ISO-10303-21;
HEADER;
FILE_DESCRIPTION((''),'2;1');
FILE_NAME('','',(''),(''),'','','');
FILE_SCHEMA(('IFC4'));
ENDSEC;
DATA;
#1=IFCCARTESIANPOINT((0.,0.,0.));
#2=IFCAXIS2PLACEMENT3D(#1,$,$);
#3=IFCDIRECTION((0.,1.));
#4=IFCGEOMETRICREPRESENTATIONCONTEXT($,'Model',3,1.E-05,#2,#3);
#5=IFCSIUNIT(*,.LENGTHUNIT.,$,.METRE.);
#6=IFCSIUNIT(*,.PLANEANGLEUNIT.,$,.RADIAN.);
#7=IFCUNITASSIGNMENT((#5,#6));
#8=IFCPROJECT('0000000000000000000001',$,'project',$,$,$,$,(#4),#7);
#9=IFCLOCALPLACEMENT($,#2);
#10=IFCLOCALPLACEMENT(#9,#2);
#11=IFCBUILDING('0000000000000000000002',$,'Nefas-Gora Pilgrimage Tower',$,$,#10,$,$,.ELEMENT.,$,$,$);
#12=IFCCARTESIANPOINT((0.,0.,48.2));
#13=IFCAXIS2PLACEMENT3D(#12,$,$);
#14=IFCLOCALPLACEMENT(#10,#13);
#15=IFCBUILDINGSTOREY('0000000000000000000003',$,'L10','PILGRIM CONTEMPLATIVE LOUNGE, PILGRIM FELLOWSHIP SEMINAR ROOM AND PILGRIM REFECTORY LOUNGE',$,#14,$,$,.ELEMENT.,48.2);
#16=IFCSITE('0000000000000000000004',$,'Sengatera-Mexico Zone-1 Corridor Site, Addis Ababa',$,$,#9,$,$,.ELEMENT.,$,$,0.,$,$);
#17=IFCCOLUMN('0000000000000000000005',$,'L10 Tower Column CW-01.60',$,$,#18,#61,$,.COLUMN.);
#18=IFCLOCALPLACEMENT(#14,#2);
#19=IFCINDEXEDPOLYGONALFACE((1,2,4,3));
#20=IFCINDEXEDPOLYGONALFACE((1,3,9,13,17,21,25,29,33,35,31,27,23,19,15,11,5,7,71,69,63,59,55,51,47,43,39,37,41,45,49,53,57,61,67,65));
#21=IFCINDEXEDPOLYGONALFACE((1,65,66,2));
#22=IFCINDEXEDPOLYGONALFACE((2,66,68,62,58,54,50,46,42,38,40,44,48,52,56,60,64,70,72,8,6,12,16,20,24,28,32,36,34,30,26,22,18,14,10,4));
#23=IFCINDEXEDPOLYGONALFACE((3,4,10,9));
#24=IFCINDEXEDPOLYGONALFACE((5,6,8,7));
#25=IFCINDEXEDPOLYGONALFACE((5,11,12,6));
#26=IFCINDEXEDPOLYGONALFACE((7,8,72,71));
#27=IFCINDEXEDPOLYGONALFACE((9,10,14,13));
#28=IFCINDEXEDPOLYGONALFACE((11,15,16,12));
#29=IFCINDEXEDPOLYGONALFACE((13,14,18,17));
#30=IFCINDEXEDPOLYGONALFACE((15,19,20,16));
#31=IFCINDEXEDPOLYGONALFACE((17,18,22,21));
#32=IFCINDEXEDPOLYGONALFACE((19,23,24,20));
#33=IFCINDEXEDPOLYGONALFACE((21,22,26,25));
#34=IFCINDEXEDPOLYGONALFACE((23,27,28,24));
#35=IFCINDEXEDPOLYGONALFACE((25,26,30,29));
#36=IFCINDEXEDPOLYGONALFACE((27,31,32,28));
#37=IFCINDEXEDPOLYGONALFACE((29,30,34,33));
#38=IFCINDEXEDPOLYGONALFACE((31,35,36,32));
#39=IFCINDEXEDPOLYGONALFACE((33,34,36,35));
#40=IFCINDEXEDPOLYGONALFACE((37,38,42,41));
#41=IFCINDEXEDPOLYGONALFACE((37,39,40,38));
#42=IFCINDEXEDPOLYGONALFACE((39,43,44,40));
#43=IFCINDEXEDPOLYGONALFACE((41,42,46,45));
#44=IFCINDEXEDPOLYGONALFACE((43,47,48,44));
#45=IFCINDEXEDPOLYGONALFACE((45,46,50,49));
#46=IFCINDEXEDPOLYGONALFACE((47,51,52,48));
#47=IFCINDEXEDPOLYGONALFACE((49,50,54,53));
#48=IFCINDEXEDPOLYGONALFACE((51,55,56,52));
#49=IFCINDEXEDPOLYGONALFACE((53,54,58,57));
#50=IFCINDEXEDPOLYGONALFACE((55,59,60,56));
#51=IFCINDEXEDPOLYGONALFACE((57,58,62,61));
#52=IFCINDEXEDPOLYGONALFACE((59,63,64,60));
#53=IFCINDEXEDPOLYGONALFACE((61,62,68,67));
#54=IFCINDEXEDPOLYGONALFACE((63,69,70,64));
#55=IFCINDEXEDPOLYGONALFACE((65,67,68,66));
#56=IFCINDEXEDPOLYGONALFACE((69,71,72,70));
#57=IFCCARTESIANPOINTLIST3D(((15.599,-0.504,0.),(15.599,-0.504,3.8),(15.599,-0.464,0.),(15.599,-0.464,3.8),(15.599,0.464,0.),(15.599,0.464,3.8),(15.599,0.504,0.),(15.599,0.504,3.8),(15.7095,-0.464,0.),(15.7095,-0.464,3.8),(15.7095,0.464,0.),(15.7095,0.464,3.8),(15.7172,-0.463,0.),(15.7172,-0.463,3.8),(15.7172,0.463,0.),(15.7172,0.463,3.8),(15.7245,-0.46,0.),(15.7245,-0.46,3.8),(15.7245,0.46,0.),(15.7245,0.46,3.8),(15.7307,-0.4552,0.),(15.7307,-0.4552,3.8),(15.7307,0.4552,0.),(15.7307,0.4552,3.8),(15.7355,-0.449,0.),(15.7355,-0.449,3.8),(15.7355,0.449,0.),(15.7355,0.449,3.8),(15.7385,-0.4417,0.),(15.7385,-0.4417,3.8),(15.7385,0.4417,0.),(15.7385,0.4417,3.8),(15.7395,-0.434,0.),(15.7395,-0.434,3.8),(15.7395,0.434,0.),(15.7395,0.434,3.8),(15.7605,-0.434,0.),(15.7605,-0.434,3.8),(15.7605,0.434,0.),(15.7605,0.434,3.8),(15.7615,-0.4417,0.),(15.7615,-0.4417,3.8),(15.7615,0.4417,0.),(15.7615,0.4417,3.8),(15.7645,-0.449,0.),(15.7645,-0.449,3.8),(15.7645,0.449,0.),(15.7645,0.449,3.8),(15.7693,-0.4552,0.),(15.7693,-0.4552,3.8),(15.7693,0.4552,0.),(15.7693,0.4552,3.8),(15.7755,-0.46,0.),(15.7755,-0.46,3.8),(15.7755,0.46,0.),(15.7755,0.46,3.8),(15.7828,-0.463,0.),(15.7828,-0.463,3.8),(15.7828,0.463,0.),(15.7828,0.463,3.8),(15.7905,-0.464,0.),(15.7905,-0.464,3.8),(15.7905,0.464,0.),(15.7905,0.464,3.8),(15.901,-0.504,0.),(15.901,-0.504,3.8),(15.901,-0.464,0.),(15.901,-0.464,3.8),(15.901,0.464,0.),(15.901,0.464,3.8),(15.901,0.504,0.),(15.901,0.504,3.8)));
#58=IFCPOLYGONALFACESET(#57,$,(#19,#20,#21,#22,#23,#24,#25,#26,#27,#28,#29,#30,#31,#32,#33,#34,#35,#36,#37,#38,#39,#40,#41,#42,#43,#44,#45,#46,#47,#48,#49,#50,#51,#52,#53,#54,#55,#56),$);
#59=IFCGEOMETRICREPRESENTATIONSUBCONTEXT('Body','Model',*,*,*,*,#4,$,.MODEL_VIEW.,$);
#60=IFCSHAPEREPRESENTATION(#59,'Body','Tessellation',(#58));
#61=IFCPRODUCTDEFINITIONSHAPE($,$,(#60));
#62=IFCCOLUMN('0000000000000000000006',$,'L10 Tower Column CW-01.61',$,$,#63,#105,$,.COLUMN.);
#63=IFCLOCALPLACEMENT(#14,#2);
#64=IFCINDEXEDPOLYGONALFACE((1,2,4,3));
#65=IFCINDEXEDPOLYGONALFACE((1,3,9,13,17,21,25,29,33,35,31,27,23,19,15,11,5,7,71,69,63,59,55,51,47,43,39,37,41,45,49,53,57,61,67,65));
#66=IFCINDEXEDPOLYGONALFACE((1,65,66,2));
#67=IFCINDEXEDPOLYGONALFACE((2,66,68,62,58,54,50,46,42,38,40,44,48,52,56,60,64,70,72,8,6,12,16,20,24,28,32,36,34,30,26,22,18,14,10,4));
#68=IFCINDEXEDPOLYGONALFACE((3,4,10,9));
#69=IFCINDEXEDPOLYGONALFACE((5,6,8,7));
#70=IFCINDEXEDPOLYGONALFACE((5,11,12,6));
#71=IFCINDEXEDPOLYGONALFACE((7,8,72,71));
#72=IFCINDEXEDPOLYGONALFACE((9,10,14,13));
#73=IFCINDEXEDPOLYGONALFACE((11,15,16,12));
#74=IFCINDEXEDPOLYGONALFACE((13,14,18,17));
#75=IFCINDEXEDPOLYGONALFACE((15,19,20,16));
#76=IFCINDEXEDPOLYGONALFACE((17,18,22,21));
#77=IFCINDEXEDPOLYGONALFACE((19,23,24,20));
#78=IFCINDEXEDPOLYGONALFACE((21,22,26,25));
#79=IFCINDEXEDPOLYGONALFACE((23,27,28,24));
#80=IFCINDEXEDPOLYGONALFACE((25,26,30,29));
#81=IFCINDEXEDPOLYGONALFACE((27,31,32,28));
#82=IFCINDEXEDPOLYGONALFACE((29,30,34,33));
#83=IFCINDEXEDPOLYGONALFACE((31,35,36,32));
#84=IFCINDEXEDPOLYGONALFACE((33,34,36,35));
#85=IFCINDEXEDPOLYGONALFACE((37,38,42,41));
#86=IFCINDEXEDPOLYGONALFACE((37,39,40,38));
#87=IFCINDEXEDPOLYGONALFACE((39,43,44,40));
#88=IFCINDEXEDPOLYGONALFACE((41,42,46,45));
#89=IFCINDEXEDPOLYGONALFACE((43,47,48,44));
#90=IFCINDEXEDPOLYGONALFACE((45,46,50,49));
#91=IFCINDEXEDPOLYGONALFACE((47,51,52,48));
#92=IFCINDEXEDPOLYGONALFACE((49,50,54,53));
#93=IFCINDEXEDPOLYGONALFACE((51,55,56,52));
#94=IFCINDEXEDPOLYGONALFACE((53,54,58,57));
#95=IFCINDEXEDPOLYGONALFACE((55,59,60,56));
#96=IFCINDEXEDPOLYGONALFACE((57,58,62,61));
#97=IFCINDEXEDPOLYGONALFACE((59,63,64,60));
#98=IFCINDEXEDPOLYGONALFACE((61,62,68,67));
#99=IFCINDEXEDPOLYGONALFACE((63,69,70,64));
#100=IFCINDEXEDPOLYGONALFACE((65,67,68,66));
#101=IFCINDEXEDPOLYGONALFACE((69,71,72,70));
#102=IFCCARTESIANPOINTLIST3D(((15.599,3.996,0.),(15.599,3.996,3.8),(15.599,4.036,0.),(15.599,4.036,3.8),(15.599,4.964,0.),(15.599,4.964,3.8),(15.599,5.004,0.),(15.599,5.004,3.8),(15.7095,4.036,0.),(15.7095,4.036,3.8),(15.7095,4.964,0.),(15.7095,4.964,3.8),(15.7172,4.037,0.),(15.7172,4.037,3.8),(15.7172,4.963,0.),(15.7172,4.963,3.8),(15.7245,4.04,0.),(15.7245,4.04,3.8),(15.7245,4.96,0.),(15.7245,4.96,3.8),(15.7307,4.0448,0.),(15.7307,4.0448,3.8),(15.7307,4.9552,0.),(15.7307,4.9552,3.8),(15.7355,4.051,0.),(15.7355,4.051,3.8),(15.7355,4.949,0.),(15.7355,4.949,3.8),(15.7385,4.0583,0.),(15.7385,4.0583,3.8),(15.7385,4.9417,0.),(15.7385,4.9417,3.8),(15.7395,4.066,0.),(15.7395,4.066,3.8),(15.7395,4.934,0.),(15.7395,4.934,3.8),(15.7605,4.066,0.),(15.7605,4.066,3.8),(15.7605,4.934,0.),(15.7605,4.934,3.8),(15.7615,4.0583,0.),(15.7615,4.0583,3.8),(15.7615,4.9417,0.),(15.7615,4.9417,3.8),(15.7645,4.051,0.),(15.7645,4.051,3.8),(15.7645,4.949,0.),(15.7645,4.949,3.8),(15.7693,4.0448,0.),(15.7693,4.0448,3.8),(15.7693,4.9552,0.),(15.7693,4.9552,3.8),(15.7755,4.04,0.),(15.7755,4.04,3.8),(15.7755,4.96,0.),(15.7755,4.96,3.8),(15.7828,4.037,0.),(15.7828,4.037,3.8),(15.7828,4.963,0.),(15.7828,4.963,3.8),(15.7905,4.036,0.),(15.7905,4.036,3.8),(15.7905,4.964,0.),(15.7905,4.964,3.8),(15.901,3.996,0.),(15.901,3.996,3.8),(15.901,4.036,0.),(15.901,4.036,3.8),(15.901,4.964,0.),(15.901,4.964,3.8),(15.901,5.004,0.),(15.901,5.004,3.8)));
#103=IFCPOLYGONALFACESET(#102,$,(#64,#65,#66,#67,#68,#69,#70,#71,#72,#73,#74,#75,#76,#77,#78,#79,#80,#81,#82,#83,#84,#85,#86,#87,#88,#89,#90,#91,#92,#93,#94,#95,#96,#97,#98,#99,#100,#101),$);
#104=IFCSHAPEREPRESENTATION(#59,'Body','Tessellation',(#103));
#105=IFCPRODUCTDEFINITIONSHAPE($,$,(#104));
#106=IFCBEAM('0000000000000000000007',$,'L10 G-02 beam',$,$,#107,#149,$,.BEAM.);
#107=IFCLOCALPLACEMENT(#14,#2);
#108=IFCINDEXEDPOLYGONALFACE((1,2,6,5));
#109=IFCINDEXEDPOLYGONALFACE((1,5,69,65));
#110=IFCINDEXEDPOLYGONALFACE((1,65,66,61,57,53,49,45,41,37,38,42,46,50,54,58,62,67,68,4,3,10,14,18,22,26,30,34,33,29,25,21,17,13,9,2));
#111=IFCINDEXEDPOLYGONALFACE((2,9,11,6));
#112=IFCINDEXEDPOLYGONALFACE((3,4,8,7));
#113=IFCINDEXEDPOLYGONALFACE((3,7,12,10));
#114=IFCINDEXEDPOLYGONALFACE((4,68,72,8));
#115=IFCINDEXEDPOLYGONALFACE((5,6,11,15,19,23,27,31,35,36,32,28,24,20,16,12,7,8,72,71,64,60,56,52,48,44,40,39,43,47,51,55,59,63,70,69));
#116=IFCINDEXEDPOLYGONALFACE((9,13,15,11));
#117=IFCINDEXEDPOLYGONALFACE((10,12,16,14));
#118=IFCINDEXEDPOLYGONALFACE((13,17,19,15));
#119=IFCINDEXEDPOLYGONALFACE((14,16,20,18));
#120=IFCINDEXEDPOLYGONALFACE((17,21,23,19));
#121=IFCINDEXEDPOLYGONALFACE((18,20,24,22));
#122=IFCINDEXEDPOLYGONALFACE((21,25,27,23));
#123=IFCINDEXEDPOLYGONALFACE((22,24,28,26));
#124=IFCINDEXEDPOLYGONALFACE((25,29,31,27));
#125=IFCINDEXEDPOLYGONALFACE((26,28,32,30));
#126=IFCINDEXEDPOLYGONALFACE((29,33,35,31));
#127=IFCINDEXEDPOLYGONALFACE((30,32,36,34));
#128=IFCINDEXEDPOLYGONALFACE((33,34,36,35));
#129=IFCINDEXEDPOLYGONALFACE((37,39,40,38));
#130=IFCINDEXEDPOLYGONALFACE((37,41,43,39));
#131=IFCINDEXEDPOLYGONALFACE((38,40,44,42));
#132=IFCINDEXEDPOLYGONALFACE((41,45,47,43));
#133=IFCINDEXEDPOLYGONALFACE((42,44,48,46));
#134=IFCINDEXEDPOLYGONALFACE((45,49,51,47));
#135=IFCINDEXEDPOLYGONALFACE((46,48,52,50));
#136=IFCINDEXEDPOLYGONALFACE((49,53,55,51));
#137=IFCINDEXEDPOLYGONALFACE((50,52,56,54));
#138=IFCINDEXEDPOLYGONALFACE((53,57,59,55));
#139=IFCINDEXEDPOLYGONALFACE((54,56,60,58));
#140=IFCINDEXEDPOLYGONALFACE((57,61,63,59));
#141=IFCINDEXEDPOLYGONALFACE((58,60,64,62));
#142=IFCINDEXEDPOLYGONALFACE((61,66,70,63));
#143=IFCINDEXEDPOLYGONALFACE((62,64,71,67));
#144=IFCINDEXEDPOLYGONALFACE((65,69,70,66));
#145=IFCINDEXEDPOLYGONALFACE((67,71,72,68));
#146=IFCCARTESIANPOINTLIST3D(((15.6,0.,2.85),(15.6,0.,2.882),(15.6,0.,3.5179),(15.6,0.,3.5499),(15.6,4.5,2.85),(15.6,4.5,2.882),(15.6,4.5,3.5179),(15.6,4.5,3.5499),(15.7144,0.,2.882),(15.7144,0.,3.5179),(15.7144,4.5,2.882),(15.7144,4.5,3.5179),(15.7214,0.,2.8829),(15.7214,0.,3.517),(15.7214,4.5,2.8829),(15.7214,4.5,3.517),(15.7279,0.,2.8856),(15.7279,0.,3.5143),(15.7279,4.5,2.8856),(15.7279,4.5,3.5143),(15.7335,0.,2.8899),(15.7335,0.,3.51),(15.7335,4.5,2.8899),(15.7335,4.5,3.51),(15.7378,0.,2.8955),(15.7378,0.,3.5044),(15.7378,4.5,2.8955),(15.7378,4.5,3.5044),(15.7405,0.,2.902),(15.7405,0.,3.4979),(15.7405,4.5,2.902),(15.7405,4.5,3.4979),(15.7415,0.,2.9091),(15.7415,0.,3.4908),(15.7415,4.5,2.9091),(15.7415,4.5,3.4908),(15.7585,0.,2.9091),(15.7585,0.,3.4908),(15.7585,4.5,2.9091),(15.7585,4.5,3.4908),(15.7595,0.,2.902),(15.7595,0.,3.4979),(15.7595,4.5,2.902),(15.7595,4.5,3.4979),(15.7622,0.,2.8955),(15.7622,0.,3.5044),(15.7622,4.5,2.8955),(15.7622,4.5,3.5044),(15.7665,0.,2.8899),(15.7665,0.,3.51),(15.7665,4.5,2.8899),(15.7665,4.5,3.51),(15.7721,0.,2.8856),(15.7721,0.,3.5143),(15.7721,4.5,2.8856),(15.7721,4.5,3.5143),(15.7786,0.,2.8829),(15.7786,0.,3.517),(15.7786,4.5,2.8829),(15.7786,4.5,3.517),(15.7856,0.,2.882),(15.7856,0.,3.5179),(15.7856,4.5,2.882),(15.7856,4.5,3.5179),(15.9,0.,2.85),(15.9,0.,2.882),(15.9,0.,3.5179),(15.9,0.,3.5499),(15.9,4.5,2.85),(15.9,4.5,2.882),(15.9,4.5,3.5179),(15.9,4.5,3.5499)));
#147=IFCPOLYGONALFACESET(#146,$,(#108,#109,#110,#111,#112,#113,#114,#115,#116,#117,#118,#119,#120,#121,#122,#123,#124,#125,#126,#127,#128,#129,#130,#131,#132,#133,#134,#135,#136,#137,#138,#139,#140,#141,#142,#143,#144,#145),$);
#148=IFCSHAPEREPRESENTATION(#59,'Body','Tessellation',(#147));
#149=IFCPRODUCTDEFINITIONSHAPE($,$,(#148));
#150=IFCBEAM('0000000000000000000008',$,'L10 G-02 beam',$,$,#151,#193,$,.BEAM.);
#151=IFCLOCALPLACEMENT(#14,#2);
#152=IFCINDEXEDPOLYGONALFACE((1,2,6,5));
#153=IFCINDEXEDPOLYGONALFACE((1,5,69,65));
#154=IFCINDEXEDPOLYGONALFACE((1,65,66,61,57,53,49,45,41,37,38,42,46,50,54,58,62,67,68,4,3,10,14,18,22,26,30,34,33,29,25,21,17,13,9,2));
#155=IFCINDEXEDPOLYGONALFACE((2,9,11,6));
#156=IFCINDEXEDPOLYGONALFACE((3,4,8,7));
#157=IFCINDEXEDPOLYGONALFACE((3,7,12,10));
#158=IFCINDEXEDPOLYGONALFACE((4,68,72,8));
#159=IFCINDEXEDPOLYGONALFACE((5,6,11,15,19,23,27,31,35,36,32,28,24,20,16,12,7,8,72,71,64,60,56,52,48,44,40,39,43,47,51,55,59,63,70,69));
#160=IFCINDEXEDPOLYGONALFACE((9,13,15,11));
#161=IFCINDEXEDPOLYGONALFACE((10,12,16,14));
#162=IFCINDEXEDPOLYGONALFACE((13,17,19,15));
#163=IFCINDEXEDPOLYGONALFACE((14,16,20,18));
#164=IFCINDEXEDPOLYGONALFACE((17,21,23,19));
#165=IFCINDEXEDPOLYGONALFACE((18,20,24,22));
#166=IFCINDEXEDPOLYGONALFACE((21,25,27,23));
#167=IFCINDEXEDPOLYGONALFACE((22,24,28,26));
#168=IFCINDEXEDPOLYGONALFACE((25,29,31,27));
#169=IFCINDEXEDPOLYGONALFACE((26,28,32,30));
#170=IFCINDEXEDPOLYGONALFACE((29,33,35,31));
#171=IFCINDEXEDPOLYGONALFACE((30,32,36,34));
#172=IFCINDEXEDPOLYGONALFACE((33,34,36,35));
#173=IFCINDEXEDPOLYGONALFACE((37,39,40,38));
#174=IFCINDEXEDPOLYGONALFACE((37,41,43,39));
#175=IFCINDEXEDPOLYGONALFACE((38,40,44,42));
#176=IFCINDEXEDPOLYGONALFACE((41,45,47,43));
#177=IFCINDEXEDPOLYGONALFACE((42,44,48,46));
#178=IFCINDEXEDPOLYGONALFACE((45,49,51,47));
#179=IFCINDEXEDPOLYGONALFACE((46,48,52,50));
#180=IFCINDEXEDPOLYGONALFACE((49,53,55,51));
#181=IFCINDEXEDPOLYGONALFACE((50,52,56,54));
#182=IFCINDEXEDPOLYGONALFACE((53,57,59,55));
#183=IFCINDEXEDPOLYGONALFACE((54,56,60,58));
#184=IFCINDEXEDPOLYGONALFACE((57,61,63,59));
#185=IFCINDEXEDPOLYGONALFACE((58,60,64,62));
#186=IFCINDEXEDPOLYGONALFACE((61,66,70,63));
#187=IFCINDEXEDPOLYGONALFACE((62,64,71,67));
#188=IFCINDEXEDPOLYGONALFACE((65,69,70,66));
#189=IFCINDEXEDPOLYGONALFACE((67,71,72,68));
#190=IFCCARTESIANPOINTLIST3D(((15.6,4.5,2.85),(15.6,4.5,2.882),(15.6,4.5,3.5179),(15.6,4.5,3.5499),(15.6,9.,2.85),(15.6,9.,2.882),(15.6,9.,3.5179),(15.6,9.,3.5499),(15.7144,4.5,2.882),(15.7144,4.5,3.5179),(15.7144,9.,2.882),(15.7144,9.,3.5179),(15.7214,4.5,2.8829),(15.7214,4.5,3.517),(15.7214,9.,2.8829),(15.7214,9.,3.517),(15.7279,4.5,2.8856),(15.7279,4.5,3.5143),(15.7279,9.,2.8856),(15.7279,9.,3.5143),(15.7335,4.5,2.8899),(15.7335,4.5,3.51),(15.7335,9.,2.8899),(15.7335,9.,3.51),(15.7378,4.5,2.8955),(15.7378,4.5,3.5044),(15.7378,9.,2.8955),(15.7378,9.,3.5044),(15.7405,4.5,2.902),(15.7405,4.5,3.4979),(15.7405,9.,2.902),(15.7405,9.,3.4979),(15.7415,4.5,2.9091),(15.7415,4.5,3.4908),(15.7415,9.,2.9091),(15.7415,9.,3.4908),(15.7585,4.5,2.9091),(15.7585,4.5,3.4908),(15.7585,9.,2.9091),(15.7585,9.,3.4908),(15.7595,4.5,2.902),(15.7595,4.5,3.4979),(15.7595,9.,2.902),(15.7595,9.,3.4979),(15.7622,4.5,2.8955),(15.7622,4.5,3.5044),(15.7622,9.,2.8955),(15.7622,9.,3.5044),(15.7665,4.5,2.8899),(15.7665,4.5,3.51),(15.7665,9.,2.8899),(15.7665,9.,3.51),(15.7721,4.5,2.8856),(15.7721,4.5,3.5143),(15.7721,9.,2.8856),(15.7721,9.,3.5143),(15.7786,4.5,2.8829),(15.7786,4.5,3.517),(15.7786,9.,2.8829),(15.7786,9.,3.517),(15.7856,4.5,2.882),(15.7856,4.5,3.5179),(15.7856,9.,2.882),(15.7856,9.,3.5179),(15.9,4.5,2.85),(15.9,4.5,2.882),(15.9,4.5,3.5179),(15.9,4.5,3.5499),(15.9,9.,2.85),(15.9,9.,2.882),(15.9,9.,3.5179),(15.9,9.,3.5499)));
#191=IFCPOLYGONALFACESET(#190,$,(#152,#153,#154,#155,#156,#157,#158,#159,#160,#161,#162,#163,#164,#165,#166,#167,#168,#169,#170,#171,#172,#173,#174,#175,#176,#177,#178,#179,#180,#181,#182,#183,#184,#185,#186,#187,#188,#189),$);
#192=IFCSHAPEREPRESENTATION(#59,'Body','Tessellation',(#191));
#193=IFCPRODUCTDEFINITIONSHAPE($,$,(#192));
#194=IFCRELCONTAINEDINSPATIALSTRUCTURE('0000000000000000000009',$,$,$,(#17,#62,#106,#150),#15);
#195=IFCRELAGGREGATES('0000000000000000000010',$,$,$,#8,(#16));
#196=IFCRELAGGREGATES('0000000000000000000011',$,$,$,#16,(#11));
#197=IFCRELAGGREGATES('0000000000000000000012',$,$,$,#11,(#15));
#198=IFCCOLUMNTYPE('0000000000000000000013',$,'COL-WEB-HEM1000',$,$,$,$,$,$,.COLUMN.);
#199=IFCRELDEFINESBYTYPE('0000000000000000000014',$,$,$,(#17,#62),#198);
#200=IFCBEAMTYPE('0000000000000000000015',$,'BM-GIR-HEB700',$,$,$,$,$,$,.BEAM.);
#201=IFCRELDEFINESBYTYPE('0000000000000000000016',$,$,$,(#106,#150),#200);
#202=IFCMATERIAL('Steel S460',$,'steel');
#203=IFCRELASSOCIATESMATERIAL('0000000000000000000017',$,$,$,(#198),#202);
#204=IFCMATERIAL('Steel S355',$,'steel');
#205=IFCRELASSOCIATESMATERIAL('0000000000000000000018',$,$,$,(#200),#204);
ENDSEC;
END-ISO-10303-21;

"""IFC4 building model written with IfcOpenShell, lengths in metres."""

from ifc_helpers import new_model, si_unit, direction, frame, origin, origin_2d, place, context, subcontext, project, spatial, i_section, extrude, source, transform, mapped, material, material_profile, profile_set, type_object, element, save


model = new_model("IFC4")

# Units and contexts
model_context = context("Model", 3, precision=1e-05, world=origin(), true_north=direction((0.0, 1.0)))
body_context = subcontext(model_context, "Body", "Model", "MODEL_VIEW")
ifc_project = project(units=[si_unit("LENGTHUNIT", "METRE"), si_unit("PLANEANGLEUNIT", "RADIAN")], contexts=[model_context])

# Site, building, storey
site_placement = place(None, origin())
site = spatial("IfcSite", under=ifc_project, at=site_placement, Name="Sengatera-Mexico Zone-1 Corridor Site, Addis Ababa", CompositionType="ELEMENT", RefElevation=0.0)
building_placement = place(site_placement, origin())
building = spatial("IfcBuilding", under=site, at=building_placement, Name="Nefas-Gora Pilgrimage Tower", CompositionType="ELEMENT")
storey_placement = place(building_placement, frame((0.0, 0.0, 48.2)))
storey = spatial("IfcBuildingStorey", under=building, at=storey_placement, Name="L10", Description="PILGRIM CONTEMPLATIVE LOUNGE, PILGRIM FELLOWSHIP SEMINAR ROOM AND PILGRIM REFECTORY LOUNGE", CompositionType="ELEMENT", Elevation=48.2)

# Columns
ifc_material_1 = material(Name="Steel S460", Category="steel")
ifc_material_profile_1 = material_profile(ifc_material_1, i_section(OverallWidth=0.302, OverallDepth=1.0081, WebThickness=0.021, FlangeThickness=0.04, FilletRadius=0.03, at=origin_2d()), Name="HEM 1000")
ifc_profile_set_1 = profile_set([ifc_material_profile_1], Name="Steel S460")
column_type = type_object("IfcColumnType", Name="COL-WEB-HEM1000", PredefinedType="COLUMN", material=ifc_profile_set_1)
shared_shape_1 = source(origin(), body_context, "Body", "SweptSolid", [
    extrude(i_section(OverallWidth=0.302, OverallDepth=1.0081, WebThickness=0.021, FlangeThickness=0.04, FilletRadius=0.03, at=origin_2d()), origin(), (0.0, 0.0, 1.0), 3.8),
])
for number, where, z_axis, x_axis, name in (
    (1, (15.75, 0.0, 0.0), (0.0, 0.0, 1.0), (1.0, 0.0, 0.0), "L10 Tower Column CW-01.60"),
    (2, (15.75, 4.5, 0.0), (0.0, 0.0, 1.0), (1.0, 0.0, 0.0), "L10 Tower Column CW-01.61"),
):
    element("IfcColumn", number, at=place(storey_placement, frame(where, z_axis=z_axis, x_axis=x_axis)), inside=storey, type_object=column_type, Name=name, PredefinedType="COLUMN", context=body_context, shape_type="MappedRepresentation", body=[
        mapped(shared_shape_1, transform((0.0, 0.0, 0.0), x_axis=(1.0, 0.0, 0.0), y_axis=(0.0, 1.0, 0.0), z_axis=(0.0, 0.0, 1.0), scale=1.0)),
    ])

# Beams
ifc_material_2 = material(Name="Steel S355", Category="steel")
ifc_material_profile_2 = material_profile(ifc_material_2, i_section(OverallWidth=0.3, OverallDepth=0.7, WebThickness=0.0171, FlangeThickness=0.032, FilletRadius=0.0271, at=origin_2d()), Name="HEB 700")
ifc_profile_set_2 = profile_set([ifc_material_profile_2], Name="Steel S355")
beam_type = type_object("IfcBeamType", Name="BM-GIR-HEB700", PredefinedType="BEAM", material=ifc_profile_set_2)
shared_shape_2 = source(origin(), body_context, "Body", "SweptSolid", [
    extrude(i_section(OverallWidth=0.3, OverallDepth=0.7, WebThickness=0.0171, FlangeThickness=0.032, FilletRadius=0.0271, at=origin_2d()), origin(), (0.0, 0.0, 1.0), 4.5),
])
for number, where, z_axis, x_axis, name in (
    (3, (15.75, 0.0, 3.2), (0.0, 1.0, 0.0), (-1.0, 0.0, 0.0), "L10 G-02 beam"),
    (4, (15.75, 4.5, 3.2), (0.0, 1.0, 0.0), (-1.0, 0.0, 0.0), "L10 G-02 beam"),
):
    element("IfcBeam", number, at=place(storey_placement, frame(where, z_axis=z_axis, x_axis=x_axis)), inside=storey, type_object=beam_type, Name=name, PredefinedType="BEAM", context=body_context, shape_type="MappedRepresentation", body=[
        mapped(shared_shape_2, transform((0.0, 0.0, 0.0), x_axis=(1.0, 0.0, 0.0), y_axis=(0.0, 1.0, 0.0), z_axis=(0.0, 0.0, 1.0), scale=1.0)),
    ])

save(model, "model.ifc")
